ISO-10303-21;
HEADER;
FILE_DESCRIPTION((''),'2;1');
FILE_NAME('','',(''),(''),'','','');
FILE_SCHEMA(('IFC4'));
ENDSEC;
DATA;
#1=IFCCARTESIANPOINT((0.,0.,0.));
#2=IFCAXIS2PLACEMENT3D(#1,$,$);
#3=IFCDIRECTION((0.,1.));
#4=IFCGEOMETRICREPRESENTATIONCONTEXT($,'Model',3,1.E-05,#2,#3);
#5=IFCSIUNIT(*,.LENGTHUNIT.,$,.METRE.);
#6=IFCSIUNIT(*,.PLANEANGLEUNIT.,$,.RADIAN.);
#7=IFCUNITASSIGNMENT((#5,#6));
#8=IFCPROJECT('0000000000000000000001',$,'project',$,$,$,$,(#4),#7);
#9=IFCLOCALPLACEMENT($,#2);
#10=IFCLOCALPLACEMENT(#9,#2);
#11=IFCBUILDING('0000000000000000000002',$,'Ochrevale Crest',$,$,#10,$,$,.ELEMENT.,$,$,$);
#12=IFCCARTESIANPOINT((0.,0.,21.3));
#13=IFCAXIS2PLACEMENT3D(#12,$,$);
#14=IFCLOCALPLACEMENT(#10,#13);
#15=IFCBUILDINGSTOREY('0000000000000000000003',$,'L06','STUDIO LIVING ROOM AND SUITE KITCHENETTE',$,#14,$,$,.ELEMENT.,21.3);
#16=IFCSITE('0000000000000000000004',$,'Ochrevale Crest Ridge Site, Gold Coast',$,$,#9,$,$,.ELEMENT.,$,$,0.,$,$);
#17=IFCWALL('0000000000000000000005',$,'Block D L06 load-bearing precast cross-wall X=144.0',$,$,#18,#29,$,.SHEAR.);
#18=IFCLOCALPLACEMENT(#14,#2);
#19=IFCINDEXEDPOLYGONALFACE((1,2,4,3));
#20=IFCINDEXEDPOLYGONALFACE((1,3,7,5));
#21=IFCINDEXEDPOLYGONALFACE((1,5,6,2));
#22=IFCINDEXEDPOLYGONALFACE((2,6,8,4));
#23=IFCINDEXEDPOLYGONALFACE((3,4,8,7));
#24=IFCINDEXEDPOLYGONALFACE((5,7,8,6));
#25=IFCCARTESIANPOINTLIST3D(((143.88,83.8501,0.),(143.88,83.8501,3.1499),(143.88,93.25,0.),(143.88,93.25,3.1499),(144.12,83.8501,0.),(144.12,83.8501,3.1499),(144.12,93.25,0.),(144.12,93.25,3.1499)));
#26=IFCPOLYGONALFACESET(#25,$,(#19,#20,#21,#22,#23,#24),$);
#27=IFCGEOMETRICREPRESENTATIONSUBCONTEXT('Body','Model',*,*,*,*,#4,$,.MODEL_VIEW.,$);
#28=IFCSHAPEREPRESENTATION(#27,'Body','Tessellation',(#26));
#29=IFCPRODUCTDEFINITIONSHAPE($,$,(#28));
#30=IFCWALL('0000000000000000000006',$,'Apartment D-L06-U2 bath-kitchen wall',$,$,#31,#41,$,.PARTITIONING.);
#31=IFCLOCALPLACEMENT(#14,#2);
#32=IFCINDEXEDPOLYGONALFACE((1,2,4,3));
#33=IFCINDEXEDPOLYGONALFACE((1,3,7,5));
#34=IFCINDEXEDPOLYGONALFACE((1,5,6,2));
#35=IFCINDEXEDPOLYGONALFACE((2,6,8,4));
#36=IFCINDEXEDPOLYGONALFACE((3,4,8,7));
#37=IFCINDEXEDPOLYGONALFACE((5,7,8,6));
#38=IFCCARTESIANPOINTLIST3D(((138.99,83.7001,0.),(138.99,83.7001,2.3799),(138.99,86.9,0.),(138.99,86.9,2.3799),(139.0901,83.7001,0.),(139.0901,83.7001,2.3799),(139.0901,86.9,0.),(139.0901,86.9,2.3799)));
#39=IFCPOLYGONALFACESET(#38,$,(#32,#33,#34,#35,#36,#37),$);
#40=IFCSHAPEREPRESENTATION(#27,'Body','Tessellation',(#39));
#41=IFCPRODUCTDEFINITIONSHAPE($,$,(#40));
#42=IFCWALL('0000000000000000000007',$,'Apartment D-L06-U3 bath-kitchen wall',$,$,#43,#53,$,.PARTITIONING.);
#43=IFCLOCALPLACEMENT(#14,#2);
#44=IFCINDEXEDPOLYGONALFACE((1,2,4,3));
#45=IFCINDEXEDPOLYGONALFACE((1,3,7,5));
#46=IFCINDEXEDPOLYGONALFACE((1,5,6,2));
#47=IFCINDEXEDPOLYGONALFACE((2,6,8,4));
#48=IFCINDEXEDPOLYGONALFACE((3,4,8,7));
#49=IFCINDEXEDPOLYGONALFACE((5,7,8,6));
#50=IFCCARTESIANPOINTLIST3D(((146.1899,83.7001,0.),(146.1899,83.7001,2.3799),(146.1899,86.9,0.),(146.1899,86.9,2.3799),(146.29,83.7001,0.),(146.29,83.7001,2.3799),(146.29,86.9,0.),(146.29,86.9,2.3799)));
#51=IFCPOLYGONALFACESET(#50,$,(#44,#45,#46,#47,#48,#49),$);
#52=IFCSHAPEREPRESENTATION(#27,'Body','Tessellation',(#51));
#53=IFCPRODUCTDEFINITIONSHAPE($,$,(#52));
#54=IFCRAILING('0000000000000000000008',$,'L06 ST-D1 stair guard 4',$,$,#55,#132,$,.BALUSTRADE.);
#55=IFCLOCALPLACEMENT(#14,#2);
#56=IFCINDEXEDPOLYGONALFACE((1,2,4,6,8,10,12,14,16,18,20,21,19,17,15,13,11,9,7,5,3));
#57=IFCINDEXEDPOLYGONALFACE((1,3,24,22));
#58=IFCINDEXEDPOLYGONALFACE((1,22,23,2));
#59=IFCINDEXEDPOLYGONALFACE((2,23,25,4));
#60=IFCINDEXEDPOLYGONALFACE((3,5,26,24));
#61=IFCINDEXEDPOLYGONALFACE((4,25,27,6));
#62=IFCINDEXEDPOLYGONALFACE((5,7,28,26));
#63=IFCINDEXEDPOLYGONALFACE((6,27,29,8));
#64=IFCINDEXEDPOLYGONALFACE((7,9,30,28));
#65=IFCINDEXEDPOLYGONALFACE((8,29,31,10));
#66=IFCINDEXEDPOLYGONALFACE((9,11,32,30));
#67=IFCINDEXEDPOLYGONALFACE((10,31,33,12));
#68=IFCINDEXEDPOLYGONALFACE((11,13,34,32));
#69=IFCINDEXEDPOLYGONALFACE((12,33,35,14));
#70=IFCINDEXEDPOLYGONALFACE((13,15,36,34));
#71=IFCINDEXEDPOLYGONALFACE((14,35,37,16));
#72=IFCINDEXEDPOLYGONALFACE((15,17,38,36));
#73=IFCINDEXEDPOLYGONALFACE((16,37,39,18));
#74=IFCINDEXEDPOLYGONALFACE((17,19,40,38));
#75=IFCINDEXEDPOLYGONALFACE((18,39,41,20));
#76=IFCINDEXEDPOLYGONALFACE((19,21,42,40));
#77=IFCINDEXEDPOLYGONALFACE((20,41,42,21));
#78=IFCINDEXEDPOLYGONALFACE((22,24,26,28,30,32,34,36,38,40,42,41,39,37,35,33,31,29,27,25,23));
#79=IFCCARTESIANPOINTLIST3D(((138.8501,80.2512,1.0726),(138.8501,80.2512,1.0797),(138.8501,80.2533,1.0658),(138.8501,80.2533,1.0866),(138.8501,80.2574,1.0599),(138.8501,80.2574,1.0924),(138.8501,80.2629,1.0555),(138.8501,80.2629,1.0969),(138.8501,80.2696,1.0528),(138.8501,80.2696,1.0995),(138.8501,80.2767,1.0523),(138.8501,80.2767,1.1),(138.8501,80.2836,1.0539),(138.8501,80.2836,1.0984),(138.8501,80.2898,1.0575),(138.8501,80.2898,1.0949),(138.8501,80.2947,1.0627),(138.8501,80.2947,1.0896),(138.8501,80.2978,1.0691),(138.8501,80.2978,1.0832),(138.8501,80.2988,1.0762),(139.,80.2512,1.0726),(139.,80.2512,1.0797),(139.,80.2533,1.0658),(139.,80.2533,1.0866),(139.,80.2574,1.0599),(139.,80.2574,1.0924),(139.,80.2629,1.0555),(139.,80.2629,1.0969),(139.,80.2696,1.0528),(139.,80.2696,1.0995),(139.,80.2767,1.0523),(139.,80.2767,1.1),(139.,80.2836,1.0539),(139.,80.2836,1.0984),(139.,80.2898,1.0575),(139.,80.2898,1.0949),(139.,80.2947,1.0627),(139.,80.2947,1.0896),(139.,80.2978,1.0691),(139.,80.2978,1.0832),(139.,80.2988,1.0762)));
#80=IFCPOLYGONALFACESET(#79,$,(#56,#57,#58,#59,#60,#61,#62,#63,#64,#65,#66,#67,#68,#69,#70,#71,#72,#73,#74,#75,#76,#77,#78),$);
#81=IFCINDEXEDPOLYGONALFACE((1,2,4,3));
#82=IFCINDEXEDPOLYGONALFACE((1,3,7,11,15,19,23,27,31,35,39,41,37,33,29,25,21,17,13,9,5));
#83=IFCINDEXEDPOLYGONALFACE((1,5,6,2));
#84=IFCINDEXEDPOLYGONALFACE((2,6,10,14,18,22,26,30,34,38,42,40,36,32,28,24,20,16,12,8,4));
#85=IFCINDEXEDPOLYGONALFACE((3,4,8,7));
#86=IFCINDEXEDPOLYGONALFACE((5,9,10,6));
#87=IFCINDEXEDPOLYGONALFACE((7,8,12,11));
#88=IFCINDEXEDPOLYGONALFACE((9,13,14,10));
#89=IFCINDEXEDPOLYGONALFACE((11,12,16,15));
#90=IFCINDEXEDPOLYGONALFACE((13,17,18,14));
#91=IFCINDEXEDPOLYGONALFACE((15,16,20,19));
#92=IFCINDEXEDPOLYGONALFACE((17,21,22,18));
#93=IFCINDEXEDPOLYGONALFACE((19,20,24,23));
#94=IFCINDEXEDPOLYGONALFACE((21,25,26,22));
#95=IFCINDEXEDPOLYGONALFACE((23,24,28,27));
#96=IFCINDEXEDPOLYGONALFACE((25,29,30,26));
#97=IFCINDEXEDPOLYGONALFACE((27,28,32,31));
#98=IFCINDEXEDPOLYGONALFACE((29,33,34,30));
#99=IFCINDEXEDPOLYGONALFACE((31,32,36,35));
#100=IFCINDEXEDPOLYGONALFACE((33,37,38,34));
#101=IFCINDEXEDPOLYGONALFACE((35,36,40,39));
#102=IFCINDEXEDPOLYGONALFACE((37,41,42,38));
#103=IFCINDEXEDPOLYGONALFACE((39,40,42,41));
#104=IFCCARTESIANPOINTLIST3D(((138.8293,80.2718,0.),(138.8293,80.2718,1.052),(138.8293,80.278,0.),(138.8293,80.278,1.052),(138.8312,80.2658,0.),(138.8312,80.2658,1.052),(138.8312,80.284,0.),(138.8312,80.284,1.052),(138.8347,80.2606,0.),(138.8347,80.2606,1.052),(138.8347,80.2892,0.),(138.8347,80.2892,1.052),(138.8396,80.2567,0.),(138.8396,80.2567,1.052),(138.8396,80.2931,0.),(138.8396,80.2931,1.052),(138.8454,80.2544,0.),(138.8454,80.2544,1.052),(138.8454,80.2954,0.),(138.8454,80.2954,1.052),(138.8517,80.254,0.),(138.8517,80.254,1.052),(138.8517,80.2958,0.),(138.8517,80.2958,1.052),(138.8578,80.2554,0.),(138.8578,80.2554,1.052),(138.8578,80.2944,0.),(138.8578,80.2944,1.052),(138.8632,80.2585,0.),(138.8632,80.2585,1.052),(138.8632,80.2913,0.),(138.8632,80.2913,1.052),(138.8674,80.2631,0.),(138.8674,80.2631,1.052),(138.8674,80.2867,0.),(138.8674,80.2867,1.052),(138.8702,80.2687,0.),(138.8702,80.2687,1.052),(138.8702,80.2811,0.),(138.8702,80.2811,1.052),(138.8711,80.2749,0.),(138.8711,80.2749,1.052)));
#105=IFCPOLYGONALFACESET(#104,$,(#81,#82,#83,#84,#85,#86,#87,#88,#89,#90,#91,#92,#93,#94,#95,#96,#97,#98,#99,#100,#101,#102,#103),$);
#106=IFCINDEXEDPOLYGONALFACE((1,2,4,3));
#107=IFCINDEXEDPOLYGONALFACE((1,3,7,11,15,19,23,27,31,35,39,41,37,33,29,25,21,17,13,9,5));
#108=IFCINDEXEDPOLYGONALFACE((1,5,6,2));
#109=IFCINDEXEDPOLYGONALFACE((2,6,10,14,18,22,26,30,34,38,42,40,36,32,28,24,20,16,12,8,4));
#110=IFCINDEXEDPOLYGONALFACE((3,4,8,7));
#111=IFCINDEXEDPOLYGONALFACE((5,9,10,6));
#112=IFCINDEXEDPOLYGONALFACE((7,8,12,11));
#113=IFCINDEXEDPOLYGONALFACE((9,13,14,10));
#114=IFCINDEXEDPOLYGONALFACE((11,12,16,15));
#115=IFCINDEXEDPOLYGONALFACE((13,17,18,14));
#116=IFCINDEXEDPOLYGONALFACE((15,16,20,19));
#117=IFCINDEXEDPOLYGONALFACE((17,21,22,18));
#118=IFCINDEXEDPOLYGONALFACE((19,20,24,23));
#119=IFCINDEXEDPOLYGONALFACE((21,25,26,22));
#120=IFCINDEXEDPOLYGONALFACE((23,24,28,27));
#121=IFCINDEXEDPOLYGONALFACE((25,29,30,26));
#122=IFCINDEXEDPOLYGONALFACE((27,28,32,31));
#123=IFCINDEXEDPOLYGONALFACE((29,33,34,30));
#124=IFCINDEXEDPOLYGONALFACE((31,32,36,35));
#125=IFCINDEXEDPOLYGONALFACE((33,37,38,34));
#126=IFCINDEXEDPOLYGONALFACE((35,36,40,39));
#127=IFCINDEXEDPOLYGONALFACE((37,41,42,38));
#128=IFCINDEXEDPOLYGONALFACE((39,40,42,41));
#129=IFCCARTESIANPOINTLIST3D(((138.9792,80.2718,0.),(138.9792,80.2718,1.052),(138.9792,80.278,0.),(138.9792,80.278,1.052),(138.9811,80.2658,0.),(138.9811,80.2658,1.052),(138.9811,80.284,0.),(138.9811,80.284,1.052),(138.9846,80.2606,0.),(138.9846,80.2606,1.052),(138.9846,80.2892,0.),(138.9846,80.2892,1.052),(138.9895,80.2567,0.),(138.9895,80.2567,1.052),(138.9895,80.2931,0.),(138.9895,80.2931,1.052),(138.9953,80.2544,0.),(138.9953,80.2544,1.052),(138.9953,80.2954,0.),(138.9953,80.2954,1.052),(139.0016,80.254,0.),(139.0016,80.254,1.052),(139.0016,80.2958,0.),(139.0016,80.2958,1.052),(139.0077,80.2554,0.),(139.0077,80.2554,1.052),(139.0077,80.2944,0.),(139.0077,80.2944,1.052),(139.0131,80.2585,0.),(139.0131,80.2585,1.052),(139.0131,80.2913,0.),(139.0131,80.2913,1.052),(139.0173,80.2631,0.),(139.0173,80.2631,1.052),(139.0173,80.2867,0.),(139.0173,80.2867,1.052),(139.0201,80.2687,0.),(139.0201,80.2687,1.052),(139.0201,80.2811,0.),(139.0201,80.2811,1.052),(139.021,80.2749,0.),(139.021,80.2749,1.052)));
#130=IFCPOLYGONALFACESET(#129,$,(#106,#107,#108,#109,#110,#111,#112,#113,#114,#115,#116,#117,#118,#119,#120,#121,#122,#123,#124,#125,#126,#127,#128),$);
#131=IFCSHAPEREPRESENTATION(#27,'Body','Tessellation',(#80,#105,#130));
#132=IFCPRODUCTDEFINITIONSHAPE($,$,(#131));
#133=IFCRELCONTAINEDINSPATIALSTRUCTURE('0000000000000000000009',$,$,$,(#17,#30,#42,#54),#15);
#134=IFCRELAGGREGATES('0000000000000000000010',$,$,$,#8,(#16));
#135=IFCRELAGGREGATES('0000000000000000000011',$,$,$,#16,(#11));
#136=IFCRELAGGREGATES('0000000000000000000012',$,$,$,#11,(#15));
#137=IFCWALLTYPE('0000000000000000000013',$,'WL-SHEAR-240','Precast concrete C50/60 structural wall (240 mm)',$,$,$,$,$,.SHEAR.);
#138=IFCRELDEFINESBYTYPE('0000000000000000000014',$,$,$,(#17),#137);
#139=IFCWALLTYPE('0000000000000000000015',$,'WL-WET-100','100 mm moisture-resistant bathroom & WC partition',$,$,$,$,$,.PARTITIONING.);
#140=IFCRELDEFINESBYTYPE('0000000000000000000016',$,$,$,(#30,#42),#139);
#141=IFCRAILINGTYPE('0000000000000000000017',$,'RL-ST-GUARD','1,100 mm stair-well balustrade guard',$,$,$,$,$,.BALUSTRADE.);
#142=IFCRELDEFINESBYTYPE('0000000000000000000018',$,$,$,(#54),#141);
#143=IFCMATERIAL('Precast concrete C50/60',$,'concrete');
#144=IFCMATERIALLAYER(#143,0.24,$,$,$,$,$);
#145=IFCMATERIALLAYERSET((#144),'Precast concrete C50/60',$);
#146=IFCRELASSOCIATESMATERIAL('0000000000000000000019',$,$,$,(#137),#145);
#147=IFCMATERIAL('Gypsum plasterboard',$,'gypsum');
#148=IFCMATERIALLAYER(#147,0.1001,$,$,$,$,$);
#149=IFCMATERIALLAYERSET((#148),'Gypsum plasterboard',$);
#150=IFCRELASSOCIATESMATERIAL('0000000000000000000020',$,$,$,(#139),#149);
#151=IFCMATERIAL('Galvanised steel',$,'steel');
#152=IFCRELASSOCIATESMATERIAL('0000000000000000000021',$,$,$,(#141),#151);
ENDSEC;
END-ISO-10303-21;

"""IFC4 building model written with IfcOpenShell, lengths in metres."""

from ifc_helpers import new_model, si_unit, direction, frame, frame_2d, origin, origin_2d, place, context, subcontext, project, spatial, rectangle, circle, extrude, material, layer, layer_set, type_object, element, save


model = new_model("IFC4")

# Units and contexts
model_context = context("Model", 3, precision=1e-05, world=origin(), true_north=direction((0.0, 1.0)))
body_context = subcontext(model_context, "Body", "Model", "MODEL_VIEW")
ifc_project = project(units=[si_unit("LENGTHUNIT", "METRE"), si_unit("PLANEANGLEUNIT", "RADIAN")], contexts=[model_context])

# Site, building, storey
site_placement = place(None, origin())
site = spatial("IfcSite", under=ifc_project, at=site_placement, Name="Ochrevale Crest Ridge Site, Gold Coast", CompositionType="ELEMENT", RefElevation=0.0)
building_placement = place(site_placement, origin())
building = spatial("IfcBuilding", under=site, at=building_placement, Name="Ochrevale Crest", CompositionType="ELEMENT")
storey_placement = place(building_placement, frame((0.0, 0.0, 21.3)))
storey = spatial("IfcBuildingStorey", under=building, at=storey_placement, Name="L06", Description="STUDIO LIVING ROOM AND SUITE KITCHENETTE", CompositionType="ELEMENT", Elevation=21.3)

# Shared definitions
ifc_material_1 = material(Name="Precast concrete C50/60", Category="concrete")

# Shared definitions
ifc_material_2 = material(Name="Gypsum plasterboard", Category="gypsum")

# Walls
ifc_layer_1 = layer(ifc_material_1, 0.24)
ifc_layer_set_1 = layer_set([ifc_layer_1], Name="Precast concrete C50/60")
wall_type_1 = type_object("IfcWallType", Name="WL-SHEAR-240", Description="Precast concrete C50/60 structural wall (240 mm)", PredefinedType="SHEAR", material=ifc_layer_set_1)
for number, where, z_axis, x_axis, name in (
    (1, (144.0, 83.8501, 0.0), (0.0, 0.0, 1.0), (0.0, 1.0, 0.0), "Block D L06 load-bearing precast cross-wall X=144.0"),
):
    element("IfcWall", number, at=place(storey_placement, frame(where, z_axis=z_axis, x_axis=x_axis)), inside=storey, type_object=wall_type_1, Name=name, PredefinedType="SHEAR", context=body_context, shape_type="SweptSolid", body=[
        extrude(rectangle(XDim=9.3999, YDim=0.24, at=frame_2d((4.7, 0.0))), origin(), (0.0, 0.0, 1.0), 3.1499),
    ])
ifc_layer_2 = layer(ifc_material_2, 0.1001)
ifc_layer_set_2 = layer_set([ifc_layer_2], Name="Gypsum plasterboard")
wall_type_2 = type_object("IfcWallType", Name="WL-WET-100", Description="100 mm moisture-resistant bathroom & WC partition", PredefinedType="PARTITIONING", material=ifc_layer_set_2)
for number, where, z_axis, x_axis, name in (
    (2, (139.04, 83.7, 0.0), (0.0, 0.0, 1.0), (0.0, 1.0, 0.0), "Apartment D-L06-U2 bath-kitchen wall"),
    (3, (146.24, 83.7, 0.0), (0.0, 0.0, 1.0), (0.0, 1.0, 0.0), "Apartment D-L06-U3 bath-kitchen wall"),
):
    element("IfcWall", number, at=place(storey_placement, frame(where, z_axis=z_axis, x_axis=x_axis)), inside=storey, type_object=wall_type_2, Name=name, PredefinedType="PARTITIONING", context=body_context, shape_type="SweptSolid", body=[
        extrude(rectangle(XDim=3.2, YDim=0.1001, at=frame_2d((1.6001, 0.0))), origin(), (0.0, 0.0, 1.0), 2.3799),
    ])

# Railing
ifc_material_3 = material(Name="Galvanised steel", Category="steel")
railing_type = type_object("IfcRailingType", Name="RL-ST-GUARD", Description="1,100 mm stair-well balustrade guard", PredefinedType="BALUSTRADE", material=ifc_material_3)
railing_placement = place(storey_placement, frame((138.8501, 80.2749, 0.0)))
element("IfcRailing", 4, at=railing_placement, inside=storey, type_object=railing_type, Name="L06 ST-D1 stair guard 4", PredefinedType="BALUSTRADE", context=body_context, shape_type="SweptSolid", body=[
    extrude(circle(Radius=0.0239, at=origin_2d()), frame((0.0, 0.0, 1.0762), z_axis=(1.0, 0.0, 0.0), x_axis=(0.0, 1.0, 0.0)), (0.0, 0.0, 1.0), 0.1499),
    extrude(circle(Radius=0.021, at=origin_2d()), origin(), (0.0, 0.0, 1.0), 1.052),
    extrude(circle(Radius=0.021, at=origin_2d()), frame((0.1499, 0.0, 0.0)), (0.0, 0.0, 1.0), 1.052),
])

save(model, "model.ifc")
